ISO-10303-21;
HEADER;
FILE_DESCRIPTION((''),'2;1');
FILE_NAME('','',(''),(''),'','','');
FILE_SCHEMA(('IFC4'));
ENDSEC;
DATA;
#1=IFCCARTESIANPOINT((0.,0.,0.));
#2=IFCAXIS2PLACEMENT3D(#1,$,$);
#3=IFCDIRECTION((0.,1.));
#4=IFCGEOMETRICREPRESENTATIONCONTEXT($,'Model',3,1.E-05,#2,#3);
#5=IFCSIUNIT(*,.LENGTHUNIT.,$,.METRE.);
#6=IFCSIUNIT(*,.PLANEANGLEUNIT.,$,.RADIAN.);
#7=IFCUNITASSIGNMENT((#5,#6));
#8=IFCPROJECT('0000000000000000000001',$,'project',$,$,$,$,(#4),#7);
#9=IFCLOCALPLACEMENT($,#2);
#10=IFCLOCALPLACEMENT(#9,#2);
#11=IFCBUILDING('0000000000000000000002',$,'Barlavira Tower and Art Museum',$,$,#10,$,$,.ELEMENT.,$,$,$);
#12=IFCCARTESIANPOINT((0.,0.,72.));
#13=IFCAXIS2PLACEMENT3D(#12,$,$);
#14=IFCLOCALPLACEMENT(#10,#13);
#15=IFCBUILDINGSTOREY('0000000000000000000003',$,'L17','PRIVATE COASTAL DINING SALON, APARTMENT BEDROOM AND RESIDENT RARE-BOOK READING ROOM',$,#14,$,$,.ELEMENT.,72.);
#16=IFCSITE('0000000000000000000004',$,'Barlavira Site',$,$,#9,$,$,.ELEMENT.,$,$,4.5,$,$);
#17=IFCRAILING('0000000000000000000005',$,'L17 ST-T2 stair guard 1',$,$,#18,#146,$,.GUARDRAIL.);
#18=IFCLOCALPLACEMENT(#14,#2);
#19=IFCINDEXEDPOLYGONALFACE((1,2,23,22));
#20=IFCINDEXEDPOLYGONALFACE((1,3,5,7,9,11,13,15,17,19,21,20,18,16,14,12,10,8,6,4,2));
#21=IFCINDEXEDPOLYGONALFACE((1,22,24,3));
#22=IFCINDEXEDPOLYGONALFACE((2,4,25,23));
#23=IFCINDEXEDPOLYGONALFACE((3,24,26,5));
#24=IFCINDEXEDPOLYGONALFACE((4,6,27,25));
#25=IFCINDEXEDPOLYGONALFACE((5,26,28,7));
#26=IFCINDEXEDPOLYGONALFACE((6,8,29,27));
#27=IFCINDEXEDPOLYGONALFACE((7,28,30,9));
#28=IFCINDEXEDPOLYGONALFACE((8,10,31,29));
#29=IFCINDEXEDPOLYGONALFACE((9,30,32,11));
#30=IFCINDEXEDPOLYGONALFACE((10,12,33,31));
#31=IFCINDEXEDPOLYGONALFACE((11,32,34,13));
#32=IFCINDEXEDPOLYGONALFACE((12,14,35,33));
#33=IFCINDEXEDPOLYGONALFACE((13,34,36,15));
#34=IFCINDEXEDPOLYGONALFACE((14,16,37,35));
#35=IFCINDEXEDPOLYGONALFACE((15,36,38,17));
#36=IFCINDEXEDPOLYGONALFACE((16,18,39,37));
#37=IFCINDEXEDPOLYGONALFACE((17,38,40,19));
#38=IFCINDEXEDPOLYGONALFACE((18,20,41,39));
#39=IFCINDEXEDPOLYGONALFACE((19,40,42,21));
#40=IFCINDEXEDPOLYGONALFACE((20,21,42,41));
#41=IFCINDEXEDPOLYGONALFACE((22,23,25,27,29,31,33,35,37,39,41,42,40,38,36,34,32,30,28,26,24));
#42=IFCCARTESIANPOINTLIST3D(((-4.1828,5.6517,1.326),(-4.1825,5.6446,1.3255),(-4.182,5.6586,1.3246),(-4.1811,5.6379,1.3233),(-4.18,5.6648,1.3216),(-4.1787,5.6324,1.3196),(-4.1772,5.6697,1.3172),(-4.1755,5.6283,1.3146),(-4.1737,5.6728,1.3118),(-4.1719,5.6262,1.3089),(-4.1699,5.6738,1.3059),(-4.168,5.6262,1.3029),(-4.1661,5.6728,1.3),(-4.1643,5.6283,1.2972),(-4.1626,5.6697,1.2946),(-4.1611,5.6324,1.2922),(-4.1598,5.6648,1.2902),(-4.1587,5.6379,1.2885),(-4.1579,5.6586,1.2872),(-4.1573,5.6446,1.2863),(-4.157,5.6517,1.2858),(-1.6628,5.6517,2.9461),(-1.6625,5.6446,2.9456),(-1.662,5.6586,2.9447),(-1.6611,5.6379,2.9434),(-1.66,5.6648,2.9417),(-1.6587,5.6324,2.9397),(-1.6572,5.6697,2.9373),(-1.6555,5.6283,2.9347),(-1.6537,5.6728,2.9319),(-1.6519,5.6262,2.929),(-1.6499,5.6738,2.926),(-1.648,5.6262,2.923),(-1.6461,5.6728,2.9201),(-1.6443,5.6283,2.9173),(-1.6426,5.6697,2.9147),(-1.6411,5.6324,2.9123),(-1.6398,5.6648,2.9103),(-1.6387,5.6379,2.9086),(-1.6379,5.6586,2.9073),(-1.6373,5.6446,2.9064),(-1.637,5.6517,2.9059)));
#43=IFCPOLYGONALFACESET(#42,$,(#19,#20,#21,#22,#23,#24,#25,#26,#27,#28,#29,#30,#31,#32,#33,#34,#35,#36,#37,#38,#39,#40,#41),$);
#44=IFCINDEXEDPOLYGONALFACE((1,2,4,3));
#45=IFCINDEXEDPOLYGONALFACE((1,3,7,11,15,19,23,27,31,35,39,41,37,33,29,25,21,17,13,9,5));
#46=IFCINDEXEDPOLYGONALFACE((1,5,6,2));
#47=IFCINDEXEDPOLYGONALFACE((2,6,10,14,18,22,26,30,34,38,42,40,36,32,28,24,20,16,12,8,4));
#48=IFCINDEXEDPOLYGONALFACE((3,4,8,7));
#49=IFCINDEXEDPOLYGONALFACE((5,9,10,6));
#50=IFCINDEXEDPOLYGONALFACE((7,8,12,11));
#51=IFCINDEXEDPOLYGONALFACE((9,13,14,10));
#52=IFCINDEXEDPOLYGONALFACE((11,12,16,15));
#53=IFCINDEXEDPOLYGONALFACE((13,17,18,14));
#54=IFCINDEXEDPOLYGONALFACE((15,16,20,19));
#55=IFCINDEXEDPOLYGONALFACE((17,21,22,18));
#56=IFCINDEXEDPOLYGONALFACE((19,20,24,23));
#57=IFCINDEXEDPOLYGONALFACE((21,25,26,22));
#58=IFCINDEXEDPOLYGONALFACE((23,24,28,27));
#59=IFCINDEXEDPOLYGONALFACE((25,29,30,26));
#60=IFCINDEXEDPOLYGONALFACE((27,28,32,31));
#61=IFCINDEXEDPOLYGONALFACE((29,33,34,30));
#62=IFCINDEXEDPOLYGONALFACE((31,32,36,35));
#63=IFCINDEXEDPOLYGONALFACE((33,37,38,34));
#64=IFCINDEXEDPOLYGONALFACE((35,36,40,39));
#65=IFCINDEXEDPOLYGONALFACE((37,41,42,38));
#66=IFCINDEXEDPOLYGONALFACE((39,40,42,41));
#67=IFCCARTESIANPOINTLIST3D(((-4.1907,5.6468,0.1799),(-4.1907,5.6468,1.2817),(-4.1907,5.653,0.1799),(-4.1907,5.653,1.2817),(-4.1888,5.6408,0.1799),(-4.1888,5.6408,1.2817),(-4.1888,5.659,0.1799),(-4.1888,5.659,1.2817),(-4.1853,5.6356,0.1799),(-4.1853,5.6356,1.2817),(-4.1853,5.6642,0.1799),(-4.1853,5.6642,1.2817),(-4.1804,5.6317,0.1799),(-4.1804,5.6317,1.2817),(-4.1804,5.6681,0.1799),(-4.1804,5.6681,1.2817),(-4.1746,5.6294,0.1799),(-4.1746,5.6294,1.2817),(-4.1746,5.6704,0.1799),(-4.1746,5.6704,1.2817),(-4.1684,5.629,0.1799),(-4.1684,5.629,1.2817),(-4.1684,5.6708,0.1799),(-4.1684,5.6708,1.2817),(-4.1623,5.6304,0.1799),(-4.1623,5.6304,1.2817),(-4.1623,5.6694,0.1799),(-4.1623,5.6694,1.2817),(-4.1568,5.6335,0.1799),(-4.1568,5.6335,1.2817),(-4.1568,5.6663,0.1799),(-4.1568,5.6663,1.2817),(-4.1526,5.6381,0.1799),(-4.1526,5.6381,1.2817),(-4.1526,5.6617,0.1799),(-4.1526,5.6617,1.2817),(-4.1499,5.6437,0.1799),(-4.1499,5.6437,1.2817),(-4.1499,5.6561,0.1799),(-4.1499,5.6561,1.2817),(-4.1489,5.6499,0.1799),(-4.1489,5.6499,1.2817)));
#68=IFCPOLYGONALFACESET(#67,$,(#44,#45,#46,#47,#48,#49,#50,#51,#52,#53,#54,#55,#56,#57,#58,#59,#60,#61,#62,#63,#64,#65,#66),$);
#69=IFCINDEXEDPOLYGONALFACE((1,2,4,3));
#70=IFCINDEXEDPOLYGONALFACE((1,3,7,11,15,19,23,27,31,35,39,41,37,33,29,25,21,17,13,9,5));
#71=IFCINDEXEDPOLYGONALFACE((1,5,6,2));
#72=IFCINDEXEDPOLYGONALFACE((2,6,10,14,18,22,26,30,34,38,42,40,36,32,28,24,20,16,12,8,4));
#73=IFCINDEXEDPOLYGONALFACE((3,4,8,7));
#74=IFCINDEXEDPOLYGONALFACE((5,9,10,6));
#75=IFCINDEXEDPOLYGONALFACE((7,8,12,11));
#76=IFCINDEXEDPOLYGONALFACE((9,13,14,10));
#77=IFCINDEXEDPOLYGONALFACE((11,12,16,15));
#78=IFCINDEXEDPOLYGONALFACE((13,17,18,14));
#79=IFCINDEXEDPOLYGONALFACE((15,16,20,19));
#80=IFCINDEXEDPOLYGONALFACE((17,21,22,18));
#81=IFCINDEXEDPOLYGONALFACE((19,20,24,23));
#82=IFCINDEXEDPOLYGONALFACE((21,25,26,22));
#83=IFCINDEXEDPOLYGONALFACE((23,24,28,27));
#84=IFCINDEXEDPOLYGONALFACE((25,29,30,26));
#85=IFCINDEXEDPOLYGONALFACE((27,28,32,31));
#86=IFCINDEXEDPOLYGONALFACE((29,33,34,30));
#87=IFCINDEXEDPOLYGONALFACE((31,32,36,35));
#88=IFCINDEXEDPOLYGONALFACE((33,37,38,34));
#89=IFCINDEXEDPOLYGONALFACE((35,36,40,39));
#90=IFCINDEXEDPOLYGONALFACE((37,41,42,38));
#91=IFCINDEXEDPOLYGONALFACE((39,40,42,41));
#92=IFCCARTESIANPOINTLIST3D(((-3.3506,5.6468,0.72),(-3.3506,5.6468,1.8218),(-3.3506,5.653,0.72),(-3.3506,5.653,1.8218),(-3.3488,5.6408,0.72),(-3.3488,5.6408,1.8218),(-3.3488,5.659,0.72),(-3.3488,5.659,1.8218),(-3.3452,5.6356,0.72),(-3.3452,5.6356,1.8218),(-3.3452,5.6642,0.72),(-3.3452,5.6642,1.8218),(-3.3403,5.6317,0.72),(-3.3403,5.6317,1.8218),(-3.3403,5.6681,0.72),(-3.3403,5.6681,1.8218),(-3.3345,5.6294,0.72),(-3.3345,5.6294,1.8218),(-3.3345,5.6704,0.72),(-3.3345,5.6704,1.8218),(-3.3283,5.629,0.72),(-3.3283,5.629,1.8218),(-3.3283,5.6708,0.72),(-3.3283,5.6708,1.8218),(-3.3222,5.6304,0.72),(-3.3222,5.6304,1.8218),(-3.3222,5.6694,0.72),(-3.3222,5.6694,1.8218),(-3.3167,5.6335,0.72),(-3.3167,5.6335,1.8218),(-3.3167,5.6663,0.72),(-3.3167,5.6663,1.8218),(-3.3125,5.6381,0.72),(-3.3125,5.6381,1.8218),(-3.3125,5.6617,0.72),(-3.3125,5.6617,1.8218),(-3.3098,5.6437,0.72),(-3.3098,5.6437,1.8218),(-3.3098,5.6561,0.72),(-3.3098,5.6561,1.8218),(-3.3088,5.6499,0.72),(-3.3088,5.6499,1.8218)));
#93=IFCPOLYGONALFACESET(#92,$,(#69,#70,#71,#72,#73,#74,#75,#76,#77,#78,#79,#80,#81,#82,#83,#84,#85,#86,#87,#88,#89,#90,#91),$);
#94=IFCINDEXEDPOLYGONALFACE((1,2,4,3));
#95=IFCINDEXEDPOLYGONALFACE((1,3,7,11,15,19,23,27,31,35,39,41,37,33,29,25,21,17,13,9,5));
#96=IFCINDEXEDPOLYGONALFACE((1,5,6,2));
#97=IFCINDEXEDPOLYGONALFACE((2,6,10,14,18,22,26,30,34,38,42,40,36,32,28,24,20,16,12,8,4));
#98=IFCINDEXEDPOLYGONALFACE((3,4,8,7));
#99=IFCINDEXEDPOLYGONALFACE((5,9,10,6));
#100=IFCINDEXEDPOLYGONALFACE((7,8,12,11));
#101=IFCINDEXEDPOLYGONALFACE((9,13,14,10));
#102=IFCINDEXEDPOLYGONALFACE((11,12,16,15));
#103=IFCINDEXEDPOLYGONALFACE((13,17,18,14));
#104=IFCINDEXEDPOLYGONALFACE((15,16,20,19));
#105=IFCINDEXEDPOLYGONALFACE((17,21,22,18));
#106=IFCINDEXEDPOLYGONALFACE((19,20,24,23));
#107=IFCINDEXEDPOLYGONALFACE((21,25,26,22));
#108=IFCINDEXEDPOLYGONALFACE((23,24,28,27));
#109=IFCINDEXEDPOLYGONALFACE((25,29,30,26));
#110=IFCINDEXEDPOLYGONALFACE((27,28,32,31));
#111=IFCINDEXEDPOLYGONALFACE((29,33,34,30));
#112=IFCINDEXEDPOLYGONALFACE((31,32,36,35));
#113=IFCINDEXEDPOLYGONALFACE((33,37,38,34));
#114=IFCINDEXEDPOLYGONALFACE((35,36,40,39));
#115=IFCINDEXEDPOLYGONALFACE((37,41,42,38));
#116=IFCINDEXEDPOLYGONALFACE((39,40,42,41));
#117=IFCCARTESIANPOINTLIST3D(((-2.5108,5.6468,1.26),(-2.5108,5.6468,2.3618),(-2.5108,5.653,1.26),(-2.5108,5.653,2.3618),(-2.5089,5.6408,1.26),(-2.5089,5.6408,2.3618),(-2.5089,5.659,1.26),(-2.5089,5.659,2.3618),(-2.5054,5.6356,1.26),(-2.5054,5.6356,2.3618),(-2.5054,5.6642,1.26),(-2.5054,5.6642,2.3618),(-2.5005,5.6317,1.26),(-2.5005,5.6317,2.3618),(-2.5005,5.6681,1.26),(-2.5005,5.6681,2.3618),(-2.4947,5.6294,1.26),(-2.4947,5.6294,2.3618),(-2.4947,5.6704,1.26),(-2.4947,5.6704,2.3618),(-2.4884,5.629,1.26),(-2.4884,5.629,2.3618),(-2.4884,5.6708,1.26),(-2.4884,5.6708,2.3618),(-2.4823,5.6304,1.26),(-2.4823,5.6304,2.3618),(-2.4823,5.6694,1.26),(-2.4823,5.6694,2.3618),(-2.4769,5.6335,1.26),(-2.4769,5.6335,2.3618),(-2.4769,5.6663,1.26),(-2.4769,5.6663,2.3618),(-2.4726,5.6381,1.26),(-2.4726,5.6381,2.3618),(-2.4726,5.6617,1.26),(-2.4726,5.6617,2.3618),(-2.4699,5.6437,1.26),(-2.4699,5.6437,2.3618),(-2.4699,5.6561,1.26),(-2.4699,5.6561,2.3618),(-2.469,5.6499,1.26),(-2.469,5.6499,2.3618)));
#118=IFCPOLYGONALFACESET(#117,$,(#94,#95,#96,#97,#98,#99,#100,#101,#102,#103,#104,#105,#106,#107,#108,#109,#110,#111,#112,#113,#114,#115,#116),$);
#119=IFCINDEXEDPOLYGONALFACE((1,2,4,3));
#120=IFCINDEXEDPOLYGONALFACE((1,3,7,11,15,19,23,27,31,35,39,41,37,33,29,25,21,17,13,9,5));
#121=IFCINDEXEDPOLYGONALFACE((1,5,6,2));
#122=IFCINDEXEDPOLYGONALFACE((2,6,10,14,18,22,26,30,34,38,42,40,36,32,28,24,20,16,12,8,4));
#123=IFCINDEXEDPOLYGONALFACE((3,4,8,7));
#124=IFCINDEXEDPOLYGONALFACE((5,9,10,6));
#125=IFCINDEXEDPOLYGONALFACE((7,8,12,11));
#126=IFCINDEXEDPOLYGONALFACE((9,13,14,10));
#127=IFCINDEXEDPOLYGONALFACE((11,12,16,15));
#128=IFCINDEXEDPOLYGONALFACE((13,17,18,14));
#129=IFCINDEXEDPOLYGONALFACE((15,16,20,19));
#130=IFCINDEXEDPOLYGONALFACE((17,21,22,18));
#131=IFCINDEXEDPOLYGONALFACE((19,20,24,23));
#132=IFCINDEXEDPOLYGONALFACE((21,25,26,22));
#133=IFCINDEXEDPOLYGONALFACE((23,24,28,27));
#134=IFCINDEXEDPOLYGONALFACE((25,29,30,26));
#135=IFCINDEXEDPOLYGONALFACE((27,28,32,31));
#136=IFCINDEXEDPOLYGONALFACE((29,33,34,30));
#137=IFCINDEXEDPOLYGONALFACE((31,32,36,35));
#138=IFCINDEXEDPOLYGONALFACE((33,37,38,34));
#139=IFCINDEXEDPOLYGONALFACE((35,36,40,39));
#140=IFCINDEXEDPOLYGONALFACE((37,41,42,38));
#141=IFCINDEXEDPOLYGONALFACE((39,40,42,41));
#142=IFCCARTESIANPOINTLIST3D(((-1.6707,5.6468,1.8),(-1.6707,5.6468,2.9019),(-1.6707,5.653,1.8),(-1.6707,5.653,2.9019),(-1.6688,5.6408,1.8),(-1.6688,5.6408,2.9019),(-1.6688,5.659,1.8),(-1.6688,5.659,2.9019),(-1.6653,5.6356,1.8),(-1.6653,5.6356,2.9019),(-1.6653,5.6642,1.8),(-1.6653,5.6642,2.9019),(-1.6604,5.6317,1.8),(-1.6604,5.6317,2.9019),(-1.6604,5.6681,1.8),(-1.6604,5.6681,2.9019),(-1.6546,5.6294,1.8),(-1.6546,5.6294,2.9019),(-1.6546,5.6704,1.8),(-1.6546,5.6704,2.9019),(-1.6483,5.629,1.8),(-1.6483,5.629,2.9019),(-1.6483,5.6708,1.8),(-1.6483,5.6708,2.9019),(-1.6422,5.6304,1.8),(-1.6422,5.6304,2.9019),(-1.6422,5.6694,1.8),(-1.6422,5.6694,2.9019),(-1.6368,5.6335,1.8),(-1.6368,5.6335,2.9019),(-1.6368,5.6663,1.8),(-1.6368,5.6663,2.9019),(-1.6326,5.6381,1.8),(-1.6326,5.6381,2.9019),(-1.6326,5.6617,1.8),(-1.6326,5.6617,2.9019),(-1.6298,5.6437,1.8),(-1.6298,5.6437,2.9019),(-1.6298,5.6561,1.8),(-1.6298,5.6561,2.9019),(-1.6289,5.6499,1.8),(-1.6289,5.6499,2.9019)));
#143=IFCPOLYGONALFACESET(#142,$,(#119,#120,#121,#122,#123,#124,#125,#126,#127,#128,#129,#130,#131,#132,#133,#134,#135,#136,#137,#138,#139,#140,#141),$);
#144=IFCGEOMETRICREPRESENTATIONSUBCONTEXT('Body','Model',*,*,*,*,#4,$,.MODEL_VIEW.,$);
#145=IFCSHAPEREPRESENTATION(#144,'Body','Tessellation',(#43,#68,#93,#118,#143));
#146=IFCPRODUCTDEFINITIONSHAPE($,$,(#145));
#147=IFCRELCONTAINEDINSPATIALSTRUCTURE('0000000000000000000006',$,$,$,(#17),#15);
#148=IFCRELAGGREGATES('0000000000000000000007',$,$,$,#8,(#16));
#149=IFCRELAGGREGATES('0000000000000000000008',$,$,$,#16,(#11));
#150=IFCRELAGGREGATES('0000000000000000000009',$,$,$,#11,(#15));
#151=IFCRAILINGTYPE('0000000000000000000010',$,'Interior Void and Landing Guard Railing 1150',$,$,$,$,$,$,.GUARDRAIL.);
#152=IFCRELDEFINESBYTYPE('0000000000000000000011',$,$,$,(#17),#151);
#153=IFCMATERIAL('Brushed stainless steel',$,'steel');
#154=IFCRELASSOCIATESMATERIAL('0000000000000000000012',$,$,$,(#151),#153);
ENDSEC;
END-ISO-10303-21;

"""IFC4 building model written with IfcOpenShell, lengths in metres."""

from ifc_helpers import new_model, si_unit, direction, frame, origin, origin_2d, place, context, subcontext, project, spatial, circle, extrude, material, type_object, element, save


model = new_model("IFC4")

# Units and contexts
model_context = context("Model", 3, precision=1e-05, world=origin(), true_north=direction((0.0, 1.0)))
body_context = subcontext(model_context, "Body", "Model", "MODEL_VIEW")
ifc_project = project(units=[si_unit("LENGTHUNIT", "METRE"), si_unit("PLANEANGLEUNIT", "RADIAN")], contexts=[model_context])

# Site, building, storey
site_placement = place(None, origin())
site = spatial("IfcSite", under=ifc_project, at=site_placement, Name="Barlavira Site", CompositionType="ELEMENT", RefElevation=4.5)
building_placement = place(site_placement, origin())
building = spatial("IfcBuilding", under=site, at=building_placement, Name="Barlavira Tower and Art Museum", CompositionType="ELEMENT")
storey_placement = place(building_placement, frame((0.0, 0.0, 72.0)))
storey = spatial("IfcBuildingStorey", under=building, at=storey_placement, Name="L17", Description="PRIVATE COASTAL DINING SALON, APARTMENT BEDROOM AND RESIDENT RARE-BOOK READING ROOM", CompositionType="ELEMENT", Elevation=72.0)

# Shared definitions
ifc_material_1 = material(Name="Brushed stainless steel", Category="steel")

# Railing
railing_type_1 = type_object("IfcRailingType", Name="Interior Void and Landing Guard Railing 1150", PredefinedType="GUARDRAIL", material=ifc_material_1)
railing_1_placement = place(storey_placement, frame((-4.1699, 5.6499, 0.1799)))
element("IfcRailing", 1, at=railing_1_placement, inside=storey, type_object=railing_type_1, Name="L17 ST-T2 stair guard 1", PredefinedType="GUARDRAIL", context=body_context, shape_type="SweptSolid", body=[
    extrude(circle(Radius=0.0239, at=origin_2d()), frame((0.0, 0.0, 1.126), z_axis=(0.841163, 0.0, 0.540782), x_axis=(0.0, 1.0, 0.0)), (0.0, 0.0, 1.0), 2.9958),
    extrude(circle(Radius=0.021, at=origin_2d()), origin(), (0.0, 0.0, 1.0), 1.1018),
    extrude(circle(Radius=0.021, at=origin_2d()), frame((0.8401, 0.0, 0.54)), (0.0, 0.0, 1.0), 1.1018),
    extrude(circle(Radius=0.021, at=origin_2d()), frame((1.6799, 0.0, 1.0801)), (0.0, 0.0, 1.0), 1.1018),
    extrude(circle(Radius=0.021, at=origin_2d()), frame((2.52, 0.0, 1.6201)), (0.0, 0.0, 1.0), 1.1018),
])

save(model, "model.ifc")
